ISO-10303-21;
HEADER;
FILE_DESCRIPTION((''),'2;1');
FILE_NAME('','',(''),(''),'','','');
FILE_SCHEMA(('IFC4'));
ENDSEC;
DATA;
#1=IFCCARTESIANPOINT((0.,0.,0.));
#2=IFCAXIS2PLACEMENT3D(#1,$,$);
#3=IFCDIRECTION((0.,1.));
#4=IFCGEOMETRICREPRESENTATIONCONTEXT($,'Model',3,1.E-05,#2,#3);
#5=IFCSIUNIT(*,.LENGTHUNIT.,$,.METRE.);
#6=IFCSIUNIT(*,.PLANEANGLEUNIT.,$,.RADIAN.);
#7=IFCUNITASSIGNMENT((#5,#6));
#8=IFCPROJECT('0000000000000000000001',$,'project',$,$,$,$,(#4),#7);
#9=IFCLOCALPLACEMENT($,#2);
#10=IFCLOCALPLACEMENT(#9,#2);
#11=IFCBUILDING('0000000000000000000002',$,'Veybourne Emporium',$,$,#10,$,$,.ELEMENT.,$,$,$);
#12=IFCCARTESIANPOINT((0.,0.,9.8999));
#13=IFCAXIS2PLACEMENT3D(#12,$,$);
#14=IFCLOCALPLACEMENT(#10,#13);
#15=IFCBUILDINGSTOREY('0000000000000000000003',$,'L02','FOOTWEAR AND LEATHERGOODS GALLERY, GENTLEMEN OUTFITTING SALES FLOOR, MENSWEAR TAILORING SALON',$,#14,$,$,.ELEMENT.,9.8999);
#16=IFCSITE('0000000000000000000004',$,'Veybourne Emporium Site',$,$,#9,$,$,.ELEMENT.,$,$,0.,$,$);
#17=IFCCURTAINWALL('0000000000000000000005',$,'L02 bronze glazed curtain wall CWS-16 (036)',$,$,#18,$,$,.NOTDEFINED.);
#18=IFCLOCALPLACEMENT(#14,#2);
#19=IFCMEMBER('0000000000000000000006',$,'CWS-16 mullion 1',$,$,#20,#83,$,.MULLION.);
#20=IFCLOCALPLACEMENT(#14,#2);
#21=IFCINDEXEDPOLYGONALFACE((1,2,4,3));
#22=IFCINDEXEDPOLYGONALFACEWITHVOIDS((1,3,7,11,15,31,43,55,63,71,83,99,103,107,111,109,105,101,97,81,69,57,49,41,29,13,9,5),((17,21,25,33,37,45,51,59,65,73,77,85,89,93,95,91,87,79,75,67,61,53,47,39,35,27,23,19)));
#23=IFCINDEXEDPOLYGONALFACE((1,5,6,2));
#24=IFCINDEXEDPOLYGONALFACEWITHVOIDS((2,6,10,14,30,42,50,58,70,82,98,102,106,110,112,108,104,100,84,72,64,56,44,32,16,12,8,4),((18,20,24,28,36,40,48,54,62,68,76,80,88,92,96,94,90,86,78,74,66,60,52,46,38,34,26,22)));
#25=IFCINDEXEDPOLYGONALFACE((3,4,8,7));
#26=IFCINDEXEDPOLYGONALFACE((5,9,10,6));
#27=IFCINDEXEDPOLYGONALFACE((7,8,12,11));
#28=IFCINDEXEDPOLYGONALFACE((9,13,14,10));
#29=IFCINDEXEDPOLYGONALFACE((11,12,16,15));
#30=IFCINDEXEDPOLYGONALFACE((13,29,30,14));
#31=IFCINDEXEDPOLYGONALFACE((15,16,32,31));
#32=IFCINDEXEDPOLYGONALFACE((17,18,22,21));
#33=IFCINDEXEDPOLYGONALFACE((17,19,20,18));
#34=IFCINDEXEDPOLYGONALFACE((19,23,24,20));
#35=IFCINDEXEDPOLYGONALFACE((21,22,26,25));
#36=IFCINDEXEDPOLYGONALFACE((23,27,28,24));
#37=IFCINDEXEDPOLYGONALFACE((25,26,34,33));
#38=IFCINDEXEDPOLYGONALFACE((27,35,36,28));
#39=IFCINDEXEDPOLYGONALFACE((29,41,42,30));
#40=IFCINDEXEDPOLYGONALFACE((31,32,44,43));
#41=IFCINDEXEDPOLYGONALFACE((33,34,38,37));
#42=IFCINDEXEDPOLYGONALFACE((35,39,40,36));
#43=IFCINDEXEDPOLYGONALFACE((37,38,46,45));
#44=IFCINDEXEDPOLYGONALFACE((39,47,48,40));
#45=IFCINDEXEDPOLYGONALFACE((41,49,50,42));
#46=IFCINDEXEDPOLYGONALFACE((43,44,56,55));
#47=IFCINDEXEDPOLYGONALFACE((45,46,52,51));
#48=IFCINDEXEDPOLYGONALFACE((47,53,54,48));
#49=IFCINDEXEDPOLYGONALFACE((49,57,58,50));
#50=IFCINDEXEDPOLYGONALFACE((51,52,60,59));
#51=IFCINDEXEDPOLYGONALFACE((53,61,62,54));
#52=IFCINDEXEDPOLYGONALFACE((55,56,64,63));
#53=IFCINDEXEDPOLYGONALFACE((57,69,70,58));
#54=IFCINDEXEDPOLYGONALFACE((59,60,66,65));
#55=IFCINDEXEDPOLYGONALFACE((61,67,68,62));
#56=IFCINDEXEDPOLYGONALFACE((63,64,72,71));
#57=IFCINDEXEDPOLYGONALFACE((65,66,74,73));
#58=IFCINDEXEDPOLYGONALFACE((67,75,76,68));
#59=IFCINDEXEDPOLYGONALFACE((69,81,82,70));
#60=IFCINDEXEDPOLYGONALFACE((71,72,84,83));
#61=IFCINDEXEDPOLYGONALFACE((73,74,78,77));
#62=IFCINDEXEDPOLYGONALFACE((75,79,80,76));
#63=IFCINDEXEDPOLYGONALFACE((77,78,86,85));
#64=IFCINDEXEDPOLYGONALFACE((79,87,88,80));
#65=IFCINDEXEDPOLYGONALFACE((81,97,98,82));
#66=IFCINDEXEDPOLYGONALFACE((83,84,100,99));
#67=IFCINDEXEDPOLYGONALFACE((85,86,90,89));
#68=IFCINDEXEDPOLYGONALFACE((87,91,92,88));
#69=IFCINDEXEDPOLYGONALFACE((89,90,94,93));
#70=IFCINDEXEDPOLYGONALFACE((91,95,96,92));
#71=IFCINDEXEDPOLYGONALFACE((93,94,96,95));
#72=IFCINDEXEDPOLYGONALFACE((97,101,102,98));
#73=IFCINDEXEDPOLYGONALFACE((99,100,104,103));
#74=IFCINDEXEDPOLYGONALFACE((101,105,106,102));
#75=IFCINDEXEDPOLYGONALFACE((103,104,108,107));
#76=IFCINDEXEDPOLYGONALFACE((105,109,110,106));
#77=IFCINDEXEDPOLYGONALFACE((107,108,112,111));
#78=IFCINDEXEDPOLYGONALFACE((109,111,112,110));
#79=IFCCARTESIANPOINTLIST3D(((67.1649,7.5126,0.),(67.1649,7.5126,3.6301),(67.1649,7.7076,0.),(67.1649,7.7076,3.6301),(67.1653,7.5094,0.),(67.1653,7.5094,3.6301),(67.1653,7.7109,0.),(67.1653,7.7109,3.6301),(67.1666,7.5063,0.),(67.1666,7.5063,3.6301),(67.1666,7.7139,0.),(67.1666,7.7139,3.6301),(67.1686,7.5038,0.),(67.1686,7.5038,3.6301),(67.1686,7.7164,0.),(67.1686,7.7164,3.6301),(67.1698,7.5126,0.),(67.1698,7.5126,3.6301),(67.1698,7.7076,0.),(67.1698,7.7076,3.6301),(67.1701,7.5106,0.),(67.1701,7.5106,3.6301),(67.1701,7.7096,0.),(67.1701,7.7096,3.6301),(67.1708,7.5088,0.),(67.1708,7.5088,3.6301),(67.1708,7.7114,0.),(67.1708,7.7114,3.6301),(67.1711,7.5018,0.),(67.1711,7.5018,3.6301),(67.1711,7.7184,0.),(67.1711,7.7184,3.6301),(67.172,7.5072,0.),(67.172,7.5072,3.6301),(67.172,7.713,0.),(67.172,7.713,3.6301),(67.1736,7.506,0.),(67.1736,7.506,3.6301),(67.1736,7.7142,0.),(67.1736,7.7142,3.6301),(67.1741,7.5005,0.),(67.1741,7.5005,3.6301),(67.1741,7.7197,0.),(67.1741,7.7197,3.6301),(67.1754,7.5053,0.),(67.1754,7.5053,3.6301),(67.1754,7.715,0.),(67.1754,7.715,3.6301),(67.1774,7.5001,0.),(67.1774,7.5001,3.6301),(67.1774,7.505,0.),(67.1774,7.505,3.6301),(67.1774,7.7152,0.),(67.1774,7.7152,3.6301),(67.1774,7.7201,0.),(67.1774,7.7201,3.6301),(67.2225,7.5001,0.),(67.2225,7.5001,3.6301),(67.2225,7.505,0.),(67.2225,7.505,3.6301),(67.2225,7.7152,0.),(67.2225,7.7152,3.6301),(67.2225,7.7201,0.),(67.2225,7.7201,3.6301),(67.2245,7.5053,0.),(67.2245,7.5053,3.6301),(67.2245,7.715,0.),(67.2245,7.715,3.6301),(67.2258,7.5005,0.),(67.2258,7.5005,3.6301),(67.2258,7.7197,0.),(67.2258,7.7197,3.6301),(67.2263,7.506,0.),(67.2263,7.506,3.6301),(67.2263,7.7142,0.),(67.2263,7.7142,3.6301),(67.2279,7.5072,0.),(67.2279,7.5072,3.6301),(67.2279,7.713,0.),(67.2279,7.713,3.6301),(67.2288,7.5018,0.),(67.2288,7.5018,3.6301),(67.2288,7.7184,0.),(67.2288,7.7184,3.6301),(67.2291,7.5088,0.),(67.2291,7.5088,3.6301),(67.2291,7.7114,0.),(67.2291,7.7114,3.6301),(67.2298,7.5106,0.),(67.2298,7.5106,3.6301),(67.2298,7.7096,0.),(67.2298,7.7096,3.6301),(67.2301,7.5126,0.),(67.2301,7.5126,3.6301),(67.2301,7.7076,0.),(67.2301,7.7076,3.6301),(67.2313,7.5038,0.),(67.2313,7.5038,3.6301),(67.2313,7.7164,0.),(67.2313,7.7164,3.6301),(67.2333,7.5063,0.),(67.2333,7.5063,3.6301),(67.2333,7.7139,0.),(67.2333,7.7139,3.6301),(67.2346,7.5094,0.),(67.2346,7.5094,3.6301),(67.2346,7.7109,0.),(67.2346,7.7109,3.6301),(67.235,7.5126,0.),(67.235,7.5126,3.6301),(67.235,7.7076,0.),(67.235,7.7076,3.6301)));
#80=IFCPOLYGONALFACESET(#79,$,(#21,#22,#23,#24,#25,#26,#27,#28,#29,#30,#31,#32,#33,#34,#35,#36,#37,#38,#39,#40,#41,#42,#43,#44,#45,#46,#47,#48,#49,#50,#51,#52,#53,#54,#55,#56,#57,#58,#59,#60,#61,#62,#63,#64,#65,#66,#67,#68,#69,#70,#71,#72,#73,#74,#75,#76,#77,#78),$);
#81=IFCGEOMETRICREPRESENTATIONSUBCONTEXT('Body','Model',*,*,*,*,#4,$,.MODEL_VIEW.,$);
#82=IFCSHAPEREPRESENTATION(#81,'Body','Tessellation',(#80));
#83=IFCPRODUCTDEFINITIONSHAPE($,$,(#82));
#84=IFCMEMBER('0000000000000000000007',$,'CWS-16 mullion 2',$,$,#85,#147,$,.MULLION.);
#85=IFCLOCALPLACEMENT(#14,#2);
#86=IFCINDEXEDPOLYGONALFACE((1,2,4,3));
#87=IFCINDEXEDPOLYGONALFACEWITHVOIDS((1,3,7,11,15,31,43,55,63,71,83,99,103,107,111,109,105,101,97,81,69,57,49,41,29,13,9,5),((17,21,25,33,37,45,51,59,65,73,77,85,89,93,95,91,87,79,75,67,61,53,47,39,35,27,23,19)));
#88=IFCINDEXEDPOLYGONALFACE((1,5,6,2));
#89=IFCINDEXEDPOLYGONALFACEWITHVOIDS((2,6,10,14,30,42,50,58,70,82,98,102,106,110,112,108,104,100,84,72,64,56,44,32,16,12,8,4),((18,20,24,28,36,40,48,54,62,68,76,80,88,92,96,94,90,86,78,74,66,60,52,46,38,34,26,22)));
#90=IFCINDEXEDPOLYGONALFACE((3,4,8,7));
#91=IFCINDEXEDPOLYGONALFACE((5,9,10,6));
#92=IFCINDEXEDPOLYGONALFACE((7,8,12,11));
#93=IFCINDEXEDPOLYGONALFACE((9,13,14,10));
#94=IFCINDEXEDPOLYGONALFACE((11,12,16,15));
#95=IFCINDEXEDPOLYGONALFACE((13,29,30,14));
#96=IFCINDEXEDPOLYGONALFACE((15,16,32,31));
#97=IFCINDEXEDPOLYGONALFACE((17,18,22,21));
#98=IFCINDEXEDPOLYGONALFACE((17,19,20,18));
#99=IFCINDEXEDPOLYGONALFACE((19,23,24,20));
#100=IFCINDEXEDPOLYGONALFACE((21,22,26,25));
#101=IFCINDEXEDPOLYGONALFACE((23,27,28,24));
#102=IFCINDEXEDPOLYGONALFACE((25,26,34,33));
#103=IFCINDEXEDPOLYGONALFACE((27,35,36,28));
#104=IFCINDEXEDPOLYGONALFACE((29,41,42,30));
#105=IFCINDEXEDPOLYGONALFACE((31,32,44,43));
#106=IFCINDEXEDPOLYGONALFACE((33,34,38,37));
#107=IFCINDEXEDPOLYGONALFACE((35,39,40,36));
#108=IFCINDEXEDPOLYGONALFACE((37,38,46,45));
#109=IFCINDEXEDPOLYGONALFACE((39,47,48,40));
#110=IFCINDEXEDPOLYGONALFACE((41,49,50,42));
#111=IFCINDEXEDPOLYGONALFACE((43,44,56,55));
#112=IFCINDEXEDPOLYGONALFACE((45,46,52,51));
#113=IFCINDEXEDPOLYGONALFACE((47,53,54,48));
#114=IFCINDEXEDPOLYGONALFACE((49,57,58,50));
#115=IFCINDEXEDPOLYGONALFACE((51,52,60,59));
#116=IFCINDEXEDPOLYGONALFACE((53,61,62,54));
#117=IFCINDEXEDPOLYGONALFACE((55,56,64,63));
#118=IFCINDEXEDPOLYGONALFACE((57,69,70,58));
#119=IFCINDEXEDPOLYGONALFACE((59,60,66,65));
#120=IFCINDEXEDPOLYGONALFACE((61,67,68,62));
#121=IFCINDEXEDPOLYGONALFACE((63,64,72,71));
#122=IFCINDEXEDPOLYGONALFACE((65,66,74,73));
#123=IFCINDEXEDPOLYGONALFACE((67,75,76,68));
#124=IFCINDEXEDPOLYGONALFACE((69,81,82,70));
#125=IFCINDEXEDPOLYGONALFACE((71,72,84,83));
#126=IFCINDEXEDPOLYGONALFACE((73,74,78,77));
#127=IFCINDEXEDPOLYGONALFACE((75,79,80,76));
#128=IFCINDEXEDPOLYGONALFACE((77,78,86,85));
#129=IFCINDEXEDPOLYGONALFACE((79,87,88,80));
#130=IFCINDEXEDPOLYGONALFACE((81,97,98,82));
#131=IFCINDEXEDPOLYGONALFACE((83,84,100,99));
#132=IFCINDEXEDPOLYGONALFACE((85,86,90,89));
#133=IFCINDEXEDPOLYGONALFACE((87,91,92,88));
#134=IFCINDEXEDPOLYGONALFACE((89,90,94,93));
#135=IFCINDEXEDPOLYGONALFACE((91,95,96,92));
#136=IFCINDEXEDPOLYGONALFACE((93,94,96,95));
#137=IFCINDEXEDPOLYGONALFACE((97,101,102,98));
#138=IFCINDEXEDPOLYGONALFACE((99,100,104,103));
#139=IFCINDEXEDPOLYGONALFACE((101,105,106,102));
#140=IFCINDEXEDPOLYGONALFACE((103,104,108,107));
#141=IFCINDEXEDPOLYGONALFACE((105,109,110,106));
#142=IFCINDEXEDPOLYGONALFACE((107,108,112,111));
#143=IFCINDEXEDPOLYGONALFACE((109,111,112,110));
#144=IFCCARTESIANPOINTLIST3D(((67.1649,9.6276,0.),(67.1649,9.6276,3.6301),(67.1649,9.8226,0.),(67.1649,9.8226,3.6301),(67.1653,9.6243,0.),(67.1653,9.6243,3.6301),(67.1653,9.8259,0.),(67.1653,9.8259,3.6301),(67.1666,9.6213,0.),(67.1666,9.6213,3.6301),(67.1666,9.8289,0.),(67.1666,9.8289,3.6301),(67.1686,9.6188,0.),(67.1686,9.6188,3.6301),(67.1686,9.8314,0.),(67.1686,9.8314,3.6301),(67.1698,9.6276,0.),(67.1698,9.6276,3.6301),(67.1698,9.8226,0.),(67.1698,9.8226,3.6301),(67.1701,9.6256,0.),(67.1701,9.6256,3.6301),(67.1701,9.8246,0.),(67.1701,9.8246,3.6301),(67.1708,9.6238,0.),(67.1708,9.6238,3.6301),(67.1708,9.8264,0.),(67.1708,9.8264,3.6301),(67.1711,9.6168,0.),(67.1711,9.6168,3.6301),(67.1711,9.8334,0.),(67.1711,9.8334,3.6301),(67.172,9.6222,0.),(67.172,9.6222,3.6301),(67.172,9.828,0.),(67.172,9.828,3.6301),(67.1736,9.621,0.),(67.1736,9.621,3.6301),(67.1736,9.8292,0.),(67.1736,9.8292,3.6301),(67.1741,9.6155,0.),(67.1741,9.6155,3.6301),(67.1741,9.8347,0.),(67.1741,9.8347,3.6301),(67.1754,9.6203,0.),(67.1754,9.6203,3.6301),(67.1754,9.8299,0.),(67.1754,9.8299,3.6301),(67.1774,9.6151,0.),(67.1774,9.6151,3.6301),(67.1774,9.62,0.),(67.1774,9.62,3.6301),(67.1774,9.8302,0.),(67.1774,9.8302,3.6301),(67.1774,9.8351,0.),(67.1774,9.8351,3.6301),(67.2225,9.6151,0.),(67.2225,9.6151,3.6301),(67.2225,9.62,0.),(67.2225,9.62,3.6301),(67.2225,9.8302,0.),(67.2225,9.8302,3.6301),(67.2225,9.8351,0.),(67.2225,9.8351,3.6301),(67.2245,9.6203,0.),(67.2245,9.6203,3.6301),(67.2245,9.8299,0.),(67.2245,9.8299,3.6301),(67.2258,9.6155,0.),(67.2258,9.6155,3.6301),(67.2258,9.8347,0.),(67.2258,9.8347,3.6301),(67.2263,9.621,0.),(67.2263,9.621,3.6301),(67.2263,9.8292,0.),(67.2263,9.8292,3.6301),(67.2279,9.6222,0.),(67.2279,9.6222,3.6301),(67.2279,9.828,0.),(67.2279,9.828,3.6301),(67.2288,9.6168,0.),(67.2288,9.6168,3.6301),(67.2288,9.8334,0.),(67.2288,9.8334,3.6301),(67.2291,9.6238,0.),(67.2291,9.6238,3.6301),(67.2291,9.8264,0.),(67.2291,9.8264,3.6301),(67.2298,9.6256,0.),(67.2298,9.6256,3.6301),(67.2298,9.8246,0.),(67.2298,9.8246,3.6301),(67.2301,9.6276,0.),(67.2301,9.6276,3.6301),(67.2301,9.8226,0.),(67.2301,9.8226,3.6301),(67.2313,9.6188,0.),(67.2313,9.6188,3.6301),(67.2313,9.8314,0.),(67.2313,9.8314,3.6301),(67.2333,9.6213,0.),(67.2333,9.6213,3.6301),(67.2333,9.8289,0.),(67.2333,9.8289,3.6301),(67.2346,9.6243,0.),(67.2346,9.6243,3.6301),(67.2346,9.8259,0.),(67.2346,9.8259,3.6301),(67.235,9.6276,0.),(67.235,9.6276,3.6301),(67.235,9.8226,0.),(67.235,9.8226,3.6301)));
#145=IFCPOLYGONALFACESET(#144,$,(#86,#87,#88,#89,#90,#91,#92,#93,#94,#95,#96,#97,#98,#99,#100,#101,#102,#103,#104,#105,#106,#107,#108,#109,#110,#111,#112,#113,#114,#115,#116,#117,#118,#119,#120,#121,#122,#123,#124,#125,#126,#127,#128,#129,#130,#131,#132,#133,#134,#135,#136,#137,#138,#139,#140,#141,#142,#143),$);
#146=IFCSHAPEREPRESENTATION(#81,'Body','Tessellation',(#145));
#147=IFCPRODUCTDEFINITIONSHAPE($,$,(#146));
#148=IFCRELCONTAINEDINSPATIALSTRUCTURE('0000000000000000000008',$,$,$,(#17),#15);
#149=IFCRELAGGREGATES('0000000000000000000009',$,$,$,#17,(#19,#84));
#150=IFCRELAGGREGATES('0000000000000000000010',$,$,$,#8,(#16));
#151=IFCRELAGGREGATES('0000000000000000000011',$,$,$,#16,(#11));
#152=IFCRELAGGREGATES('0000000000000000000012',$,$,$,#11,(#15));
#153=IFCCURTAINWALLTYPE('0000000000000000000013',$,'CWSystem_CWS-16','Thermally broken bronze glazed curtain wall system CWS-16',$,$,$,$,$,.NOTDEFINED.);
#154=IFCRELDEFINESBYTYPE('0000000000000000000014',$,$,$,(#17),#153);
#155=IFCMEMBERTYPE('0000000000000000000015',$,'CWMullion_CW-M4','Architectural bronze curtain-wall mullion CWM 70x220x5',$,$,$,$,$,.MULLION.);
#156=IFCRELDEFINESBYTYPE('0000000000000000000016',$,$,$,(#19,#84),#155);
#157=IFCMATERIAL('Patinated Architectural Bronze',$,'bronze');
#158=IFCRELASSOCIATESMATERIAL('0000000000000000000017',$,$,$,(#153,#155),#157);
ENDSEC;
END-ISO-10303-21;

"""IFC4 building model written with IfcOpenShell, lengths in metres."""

from ifc_helpers import new_model, si_unit, direction, frame, origin, origin_2d, place, context, subcontext, project, spatial, hollow_rectangle, extrude, material, material_profile, profile_set, type_object, element, aggregate, save


model = new_model("IFC4")

# Units and contexts
model_context = context("Model", 3, precision=1e-05, world=origin(), true_north=direction((0.0, 1.0)))
body_context = subcontext(model_context, "Body", "Model", "MODEL_VIEW")
ifc_project = project(units=[si_unit("LENGTHUNIT", "METRE"), si_unit("PLANEANGLEUNIT", "RADIAN")], contexts=[model_context])

# Site, building, storey
site_placement = place(None, origin())
site = spatial("IfcSite", under=ifc_project, at=site_placement, Name="Veybourne Emporium Site", CompositionType="ELEMENT", RefElevation=0.0)
building_placement = place(site_placement, origin())
building = spatial("IfcBuilding", under=site, at=building_placement, Name="Veybourne Emporium", CompositionType="ELEMENT")
storey_placement = place(building_placement, frame((0.0, 0.0, 9.8999)))
storey = spatial("IfcBuildingStorey", under=building, at=storey_placement, Name="L02", Description="FOOTWEAR AND LEATHERGOODS GALLERY, GENTLEMEN OUTFITTING SALES FLOOR, MENSWEAR TAILORING SALON", CompositionType="ELEMENT", Elevation=9.8999)

# Curtain wall, members
ifc_material_1 = material(Name="Patinated Architectural Bronze", Category="bronze")
curtain_wall_type_1 = type_object("IfcCurtainWallType", Name="CWSystem_CWS-16", Description="Thermally broken bronze glazed curtain wall system CWS-16", PredefinedType="NOTDEFINED", material=ifc_material_1)
curtain_wall_1_placement = place(storey_placement, origin())
curtain_wall_1 = element("IfcCurtainWall", 1, at=curtain_wall_1_placement, inside=storey, type_object=curtain_wall_type_1, Name="L02 bronze glazed curtain wall CWS-16 (036)", PredefinedType="NOTDEFINED")
ifc_material_profile_1 = material_profile(ifc_material_1, hollow_rectangle(XDim=0.0701, YDim=0.22, WallThickness=0.0049, InnerFilletRadius=0.0076, OuterFilletRadius=0.0125, at=origin_2d()), Name="CWM 70x220x5")
ifc_profile_set_1 = profile_set([ifc_material_profile_1], Name="Patinated Architectural Bronze")
member_type_1 = type_object("IfcMemberType", Name="CWMullion_CW-M4", Description="Architectural bronze curtain-wall mullion CWM 70x220x5", PredefinedType="MULLION", material=ifc_profile_set_1)
member_1_placement = place(storey_placement, frame((67.2, 7.6101, 0.0), z_axis=(0.0, 0.0, 1.0), x_axis=(-1.0, 0.0, 0.0)))
member_1 = element("IfcMember", 2, at=member_1_placement, type_object=member_type_1, Name="CWS-16 mullion 1", PredefinedType="MULLION", context=body_context, shape_type="SweptSolid", body=[
    extrude(hollow_rectangle(XDim=0.0701, YDim=0.22, WallThickness=0.0049, InnerFilletRadius=0.0076, OuterFilletRadius=0.0125, at=origin_2d()), origin(), (0.0, 0.0, 1.0), 3.6301),
])
member_2_placement = place(storey_placement, frame((67.2, 9.7251, 0.0), z_axis=(0.0, 0.0, 1.0), x_axis=(-1.0, 0.0, 0.0)))
member_2 = element("IfcMember", 3, at=member_2_placement, type_object=member_type_1, Name="CWS-16 mullion 2", PredefinedType="MULLION", context=body_context, shape_type="SweptSolid", body=[
    extrude(hollow_rectangle(XDim=0.0701, YDim=0.22, WallThickness=0.0049, InnerFilletRadius=0.0076, OuterFilletRadius=0.0125, at=origin_2d()), origin(), (0.0, 0.0, 1.0), 3.6301),
])

aggregate(curtain_wall_1, [member_1, member_2])

save(model, "model.ifc")
